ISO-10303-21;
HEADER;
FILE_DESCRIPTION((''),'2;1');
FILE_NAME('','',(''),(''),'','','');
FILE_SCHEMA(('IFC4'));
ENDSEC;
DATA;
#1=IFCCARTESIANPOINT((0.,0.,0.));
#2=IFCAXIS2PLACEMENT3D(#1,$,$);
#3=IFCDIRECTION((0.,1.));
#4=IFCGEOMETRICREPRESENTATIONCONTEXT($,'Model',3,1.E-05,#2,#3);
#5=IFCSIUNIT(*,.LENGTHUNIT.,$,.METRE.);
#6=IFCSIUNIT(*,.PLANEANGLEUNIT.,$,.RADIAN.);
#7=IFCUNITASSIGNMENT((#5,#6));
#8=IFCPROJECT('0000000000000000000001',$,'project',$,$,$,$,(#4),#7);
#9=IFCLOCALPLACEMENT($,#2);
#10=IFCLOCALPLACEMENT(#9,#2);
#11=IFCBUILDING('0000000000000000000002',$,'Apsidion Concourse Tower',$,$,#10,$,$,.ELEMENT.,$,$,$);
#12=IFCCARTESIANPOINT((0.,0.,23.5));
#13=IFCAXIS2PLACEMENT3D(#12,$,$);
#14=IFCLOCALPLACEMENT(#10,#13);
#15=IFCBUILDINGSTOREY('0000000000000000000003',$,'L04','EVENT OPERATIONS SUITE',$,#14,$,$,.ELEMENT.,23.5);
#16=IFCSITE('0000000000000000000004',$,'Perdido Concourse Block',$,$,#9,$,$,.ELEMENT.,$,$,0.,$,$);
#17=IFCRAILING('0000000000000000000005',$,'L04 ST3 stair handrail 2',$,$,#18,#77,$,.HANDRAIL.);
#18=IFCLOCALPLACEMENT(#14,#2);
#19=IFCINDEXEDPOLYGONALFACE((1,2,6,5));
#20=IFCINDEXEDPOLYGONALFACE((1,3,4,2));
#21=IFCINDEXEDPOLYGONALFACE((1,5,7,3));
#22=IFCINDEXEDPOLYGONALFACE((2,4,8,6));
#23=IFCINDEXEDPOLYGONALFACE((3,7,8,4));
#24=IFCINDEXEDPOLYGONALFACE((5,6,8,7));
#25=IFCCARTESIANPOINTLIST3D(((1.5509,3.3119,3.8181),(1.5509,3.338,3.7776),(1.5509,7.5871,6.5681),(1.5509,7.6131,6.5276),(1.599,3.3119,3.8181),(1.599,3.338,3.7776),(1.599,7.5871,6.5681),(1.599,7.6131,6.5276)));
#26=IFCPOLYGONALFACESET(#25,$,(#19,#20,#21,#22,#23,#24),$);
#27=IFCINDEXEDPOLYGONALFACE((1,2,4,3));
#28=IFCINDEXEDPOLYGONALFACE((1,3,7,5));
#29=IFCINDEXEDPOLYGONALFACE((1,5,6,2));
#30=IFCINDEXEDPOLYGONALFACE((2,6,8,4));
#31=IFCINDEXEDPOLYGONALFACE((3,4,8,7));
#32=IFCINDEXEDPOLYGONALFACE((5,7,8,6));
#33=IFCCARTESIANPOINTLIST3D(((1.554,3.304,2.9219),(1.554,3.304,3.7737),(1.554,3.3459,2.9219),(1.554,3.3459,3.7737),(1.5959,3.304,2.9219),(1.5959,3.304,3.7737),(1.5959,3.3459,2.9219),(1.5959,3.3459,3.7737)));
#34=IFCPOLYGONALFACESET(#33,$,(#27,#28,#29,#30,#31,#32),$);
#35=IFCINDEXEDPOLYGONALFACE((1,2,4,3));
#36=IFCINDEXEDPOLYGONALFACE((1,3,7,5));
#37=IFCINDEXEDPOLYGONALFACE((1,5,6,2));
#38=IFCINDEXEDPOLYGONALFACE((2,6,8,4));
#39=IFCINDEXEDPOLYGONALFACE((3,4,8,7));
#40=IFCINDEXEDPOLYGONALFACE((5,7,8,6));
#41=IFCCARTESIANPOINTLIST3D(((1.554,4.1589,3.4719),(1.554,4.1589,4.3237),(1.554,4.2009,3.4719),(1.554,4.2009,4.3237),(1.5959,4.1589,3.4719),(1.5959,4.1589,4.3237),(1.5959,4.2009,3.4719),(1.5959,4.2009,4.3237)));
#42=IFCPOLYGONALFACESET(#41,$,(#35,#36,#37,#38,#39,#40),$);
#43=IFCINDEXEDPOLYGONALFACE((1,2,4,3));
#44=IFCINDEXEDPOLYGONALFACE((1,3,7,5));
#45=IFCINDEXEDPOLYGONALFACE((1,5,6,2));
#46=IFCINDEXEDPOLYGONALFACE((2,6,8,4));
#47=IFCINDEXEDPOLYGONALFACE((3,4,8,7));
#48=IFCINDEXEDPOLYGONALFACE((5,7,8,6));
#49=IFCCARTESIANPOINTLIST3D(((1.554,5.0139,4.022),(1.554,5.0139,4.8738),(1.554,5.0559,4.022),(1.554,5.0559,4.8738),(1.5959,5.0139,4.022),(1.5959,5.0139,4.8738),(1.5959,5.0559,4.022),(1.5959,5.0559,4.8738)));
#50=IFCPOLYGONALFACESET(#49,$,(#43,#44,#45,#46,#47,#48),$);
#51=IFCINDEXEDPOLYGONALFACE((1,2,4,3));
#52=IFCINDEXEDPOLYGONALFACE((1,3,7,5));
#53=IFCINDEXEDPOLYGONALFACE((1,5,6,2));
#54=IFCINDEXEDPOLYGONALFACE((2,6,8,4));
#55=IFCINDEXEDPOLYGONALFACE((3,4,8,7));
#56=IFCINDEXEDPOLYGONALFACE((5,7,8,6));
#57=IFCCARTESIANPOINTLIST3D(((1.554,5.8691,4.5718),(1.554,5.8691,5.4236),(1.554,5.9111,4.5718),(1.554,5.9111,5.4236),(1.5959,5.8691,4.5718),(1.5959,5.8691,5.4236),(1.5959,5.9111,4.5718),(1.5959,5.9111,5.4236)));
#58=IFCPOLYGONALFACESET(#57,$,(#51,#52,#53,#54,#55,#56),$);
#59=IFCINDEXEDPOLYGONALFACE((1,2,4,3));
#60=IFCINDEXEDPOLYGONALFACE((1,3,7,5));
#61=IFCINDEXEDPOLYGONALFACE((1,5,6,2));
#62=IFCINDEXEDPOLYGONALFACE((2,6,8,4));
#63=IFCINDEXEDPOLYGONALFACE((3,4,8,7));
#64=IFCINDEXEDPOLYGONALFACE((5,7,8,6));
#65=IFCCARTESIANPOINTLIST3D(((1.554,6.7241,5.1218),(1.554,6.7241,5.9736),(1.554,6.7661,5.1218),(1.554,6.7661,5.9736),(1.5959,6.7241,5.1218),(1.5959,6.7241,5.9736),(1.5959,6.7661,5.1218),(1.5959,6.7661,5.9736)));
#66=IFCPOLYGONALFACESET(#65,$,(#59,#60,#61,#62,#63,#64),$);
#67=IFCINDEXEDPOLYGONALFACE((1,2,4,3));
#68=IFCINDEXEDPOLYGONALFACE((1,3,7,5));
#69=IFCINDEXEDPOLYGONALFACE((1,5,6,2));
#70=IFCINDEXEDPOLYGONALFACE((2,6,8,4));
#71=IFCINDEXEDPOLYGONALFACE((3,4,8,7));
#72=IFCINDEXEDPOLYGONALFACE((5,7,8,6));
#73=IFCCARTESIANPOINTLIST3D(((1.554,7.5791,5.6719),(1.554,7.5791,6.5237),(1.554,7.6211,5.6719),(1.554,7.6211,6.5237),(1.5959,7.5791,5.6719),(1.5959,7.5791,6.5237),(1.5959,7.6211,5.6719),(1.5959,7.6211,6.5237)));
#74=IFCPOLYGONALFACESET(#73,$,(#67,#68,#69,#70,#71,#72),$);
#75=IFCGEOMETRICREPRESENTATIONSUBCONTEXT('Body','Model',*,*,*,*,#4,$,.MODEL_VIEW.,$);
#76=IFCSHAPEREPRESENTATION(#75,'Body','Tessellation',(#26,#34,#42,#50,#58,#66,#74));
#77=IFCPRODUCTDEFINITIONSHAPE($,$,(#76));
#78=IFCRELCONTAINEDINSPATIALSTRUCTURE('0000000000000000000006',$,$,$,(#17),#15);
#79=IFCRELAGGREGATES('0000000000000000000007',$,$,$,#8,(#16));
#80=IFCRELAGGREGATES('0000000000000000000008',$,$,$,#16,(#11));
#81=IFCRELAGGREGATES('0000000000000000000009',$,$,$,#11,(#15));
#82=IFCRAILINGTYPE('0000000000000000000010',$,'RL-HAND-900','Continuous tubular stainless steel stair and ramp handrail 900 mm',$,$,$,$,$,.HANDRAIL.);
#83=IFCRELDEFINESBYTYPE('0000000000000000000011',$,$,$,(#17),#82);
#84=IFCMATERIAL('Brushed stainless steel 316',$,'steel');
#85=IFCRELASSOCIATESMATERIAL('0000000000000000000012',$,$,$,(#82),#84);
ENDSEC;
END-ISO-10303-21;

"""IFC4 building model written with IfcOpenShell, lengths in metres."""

from ifc_helpers import new_model, si_unit, direction, frame, origin, origin_2d, place, context, subcontext, project, spatial, rectangle, extrude, material, type_object, element, save


model = new_model("IFC4")

# Units and contexts
model_context = context("Model", 3, precision=1e-05, world=origin(), true_north=direction((0.0, 1.0)))
body_context = subcontext(model_context, "Body", "Model", "MODEL_VIEW")
ifc_project = project(units=[si_unit("LENGTHUNIT", "METRE"), si_unit("PLANEANGLEUNIT", "RADIAN")], contexts=[model_context])

# Site, building, storey
site_placement = place(None, origin())
site = spatial("IfcSite", under=ifc_project, at=site_placement, Name="Perdido Concourse Block", CompositionType="ELEMENT", RefElevation=0.0)
building_placement = place(site_placement, origin())
building = spatial("IfcBuilding", under=site, at=building_placement, Name="Apsidion Concourse Tower", CompositionType="ELEMENT")
storey_placement = place(building_placement, frame((0.0, 0.0, 23.5)))
storey = spatial("IfcBuildingStorey", under=building, at=storey_placement, Name="L04", Description="EVENT OPERATIONS SUITE", CompositionType="ELEMENT", Elevation=23.5)

# Railing
ifc_material_1 = material(Name="Brushed stainless steel 316", Category="steel")
railing_type_1 = type_object("IfcRailingType", Name="RL-HAND-900", Description="Continuous tubular stainless steel stair and ramp handrail 900 mm", PredefinedType="HANDRAIL", material=ifc_material_1)
railing_1_placement = place(storey_placement, frame((1.575, 3.325, 2.9219)))
element("IfcRailing", 1, at=railing_1_placement, inside=storey, type_object=railing_type_1, Name="L04 ST3 stair handrail 2", PredefinedType="HANDRAIL", context=body_context, shape_type="SweptSolid", body=[
    extrude(rectangle(XDim=0.0481, YDim=0.0481, at=origin_2d()), frame((0.0, 0.0, 0.876), z_axis=(0.0, 0.841027, 0.540993), x_axis=(-1.0, 0.0, 0.0)), (0.0, 0.0, 1.0), 5.0833),
    extrude(rectangle(XDim=0.042, YDim=0.042, at=origin_2d()), origin(), (0.0, 0.0, 1.0), 0.8518),
    extrude(rectangle(XDim=0.042, YDim=0.042, at=origin_2d()), frame((0.0, 0.855, 0.55)), (0.0, 0.0, 1.0), 0.8518),
    extrude(rectangle(XDim=0.042, YDim=0.042, at=origin_2d()), frame((0.0, 1.71, 1.1001)), (0.0, 0.0, 1.0), 0.8518),
    extrude(rectangle(XDim=0.042, YDim=0.042, at=origin_2d()), frame((0.0, 2.5652, 1.6499)), (0.0, 0.0, 1.0), 0.8518),
    extrude(rectangle(XDim=0.042, YDim=0.042, at=origin_2d()), frame((0.0, 3.4202, 2.2)), (0.0, 0.0, 1.0), 0.8518),
    extrude(rectangle(XDim=0.042, YDim=0.042, at=origin_2d()), frame((0.0, 4.2751, 2.75)), (0.0, 0.0, 1.0), 0.8518),
])

save(model, "model.ifc")
